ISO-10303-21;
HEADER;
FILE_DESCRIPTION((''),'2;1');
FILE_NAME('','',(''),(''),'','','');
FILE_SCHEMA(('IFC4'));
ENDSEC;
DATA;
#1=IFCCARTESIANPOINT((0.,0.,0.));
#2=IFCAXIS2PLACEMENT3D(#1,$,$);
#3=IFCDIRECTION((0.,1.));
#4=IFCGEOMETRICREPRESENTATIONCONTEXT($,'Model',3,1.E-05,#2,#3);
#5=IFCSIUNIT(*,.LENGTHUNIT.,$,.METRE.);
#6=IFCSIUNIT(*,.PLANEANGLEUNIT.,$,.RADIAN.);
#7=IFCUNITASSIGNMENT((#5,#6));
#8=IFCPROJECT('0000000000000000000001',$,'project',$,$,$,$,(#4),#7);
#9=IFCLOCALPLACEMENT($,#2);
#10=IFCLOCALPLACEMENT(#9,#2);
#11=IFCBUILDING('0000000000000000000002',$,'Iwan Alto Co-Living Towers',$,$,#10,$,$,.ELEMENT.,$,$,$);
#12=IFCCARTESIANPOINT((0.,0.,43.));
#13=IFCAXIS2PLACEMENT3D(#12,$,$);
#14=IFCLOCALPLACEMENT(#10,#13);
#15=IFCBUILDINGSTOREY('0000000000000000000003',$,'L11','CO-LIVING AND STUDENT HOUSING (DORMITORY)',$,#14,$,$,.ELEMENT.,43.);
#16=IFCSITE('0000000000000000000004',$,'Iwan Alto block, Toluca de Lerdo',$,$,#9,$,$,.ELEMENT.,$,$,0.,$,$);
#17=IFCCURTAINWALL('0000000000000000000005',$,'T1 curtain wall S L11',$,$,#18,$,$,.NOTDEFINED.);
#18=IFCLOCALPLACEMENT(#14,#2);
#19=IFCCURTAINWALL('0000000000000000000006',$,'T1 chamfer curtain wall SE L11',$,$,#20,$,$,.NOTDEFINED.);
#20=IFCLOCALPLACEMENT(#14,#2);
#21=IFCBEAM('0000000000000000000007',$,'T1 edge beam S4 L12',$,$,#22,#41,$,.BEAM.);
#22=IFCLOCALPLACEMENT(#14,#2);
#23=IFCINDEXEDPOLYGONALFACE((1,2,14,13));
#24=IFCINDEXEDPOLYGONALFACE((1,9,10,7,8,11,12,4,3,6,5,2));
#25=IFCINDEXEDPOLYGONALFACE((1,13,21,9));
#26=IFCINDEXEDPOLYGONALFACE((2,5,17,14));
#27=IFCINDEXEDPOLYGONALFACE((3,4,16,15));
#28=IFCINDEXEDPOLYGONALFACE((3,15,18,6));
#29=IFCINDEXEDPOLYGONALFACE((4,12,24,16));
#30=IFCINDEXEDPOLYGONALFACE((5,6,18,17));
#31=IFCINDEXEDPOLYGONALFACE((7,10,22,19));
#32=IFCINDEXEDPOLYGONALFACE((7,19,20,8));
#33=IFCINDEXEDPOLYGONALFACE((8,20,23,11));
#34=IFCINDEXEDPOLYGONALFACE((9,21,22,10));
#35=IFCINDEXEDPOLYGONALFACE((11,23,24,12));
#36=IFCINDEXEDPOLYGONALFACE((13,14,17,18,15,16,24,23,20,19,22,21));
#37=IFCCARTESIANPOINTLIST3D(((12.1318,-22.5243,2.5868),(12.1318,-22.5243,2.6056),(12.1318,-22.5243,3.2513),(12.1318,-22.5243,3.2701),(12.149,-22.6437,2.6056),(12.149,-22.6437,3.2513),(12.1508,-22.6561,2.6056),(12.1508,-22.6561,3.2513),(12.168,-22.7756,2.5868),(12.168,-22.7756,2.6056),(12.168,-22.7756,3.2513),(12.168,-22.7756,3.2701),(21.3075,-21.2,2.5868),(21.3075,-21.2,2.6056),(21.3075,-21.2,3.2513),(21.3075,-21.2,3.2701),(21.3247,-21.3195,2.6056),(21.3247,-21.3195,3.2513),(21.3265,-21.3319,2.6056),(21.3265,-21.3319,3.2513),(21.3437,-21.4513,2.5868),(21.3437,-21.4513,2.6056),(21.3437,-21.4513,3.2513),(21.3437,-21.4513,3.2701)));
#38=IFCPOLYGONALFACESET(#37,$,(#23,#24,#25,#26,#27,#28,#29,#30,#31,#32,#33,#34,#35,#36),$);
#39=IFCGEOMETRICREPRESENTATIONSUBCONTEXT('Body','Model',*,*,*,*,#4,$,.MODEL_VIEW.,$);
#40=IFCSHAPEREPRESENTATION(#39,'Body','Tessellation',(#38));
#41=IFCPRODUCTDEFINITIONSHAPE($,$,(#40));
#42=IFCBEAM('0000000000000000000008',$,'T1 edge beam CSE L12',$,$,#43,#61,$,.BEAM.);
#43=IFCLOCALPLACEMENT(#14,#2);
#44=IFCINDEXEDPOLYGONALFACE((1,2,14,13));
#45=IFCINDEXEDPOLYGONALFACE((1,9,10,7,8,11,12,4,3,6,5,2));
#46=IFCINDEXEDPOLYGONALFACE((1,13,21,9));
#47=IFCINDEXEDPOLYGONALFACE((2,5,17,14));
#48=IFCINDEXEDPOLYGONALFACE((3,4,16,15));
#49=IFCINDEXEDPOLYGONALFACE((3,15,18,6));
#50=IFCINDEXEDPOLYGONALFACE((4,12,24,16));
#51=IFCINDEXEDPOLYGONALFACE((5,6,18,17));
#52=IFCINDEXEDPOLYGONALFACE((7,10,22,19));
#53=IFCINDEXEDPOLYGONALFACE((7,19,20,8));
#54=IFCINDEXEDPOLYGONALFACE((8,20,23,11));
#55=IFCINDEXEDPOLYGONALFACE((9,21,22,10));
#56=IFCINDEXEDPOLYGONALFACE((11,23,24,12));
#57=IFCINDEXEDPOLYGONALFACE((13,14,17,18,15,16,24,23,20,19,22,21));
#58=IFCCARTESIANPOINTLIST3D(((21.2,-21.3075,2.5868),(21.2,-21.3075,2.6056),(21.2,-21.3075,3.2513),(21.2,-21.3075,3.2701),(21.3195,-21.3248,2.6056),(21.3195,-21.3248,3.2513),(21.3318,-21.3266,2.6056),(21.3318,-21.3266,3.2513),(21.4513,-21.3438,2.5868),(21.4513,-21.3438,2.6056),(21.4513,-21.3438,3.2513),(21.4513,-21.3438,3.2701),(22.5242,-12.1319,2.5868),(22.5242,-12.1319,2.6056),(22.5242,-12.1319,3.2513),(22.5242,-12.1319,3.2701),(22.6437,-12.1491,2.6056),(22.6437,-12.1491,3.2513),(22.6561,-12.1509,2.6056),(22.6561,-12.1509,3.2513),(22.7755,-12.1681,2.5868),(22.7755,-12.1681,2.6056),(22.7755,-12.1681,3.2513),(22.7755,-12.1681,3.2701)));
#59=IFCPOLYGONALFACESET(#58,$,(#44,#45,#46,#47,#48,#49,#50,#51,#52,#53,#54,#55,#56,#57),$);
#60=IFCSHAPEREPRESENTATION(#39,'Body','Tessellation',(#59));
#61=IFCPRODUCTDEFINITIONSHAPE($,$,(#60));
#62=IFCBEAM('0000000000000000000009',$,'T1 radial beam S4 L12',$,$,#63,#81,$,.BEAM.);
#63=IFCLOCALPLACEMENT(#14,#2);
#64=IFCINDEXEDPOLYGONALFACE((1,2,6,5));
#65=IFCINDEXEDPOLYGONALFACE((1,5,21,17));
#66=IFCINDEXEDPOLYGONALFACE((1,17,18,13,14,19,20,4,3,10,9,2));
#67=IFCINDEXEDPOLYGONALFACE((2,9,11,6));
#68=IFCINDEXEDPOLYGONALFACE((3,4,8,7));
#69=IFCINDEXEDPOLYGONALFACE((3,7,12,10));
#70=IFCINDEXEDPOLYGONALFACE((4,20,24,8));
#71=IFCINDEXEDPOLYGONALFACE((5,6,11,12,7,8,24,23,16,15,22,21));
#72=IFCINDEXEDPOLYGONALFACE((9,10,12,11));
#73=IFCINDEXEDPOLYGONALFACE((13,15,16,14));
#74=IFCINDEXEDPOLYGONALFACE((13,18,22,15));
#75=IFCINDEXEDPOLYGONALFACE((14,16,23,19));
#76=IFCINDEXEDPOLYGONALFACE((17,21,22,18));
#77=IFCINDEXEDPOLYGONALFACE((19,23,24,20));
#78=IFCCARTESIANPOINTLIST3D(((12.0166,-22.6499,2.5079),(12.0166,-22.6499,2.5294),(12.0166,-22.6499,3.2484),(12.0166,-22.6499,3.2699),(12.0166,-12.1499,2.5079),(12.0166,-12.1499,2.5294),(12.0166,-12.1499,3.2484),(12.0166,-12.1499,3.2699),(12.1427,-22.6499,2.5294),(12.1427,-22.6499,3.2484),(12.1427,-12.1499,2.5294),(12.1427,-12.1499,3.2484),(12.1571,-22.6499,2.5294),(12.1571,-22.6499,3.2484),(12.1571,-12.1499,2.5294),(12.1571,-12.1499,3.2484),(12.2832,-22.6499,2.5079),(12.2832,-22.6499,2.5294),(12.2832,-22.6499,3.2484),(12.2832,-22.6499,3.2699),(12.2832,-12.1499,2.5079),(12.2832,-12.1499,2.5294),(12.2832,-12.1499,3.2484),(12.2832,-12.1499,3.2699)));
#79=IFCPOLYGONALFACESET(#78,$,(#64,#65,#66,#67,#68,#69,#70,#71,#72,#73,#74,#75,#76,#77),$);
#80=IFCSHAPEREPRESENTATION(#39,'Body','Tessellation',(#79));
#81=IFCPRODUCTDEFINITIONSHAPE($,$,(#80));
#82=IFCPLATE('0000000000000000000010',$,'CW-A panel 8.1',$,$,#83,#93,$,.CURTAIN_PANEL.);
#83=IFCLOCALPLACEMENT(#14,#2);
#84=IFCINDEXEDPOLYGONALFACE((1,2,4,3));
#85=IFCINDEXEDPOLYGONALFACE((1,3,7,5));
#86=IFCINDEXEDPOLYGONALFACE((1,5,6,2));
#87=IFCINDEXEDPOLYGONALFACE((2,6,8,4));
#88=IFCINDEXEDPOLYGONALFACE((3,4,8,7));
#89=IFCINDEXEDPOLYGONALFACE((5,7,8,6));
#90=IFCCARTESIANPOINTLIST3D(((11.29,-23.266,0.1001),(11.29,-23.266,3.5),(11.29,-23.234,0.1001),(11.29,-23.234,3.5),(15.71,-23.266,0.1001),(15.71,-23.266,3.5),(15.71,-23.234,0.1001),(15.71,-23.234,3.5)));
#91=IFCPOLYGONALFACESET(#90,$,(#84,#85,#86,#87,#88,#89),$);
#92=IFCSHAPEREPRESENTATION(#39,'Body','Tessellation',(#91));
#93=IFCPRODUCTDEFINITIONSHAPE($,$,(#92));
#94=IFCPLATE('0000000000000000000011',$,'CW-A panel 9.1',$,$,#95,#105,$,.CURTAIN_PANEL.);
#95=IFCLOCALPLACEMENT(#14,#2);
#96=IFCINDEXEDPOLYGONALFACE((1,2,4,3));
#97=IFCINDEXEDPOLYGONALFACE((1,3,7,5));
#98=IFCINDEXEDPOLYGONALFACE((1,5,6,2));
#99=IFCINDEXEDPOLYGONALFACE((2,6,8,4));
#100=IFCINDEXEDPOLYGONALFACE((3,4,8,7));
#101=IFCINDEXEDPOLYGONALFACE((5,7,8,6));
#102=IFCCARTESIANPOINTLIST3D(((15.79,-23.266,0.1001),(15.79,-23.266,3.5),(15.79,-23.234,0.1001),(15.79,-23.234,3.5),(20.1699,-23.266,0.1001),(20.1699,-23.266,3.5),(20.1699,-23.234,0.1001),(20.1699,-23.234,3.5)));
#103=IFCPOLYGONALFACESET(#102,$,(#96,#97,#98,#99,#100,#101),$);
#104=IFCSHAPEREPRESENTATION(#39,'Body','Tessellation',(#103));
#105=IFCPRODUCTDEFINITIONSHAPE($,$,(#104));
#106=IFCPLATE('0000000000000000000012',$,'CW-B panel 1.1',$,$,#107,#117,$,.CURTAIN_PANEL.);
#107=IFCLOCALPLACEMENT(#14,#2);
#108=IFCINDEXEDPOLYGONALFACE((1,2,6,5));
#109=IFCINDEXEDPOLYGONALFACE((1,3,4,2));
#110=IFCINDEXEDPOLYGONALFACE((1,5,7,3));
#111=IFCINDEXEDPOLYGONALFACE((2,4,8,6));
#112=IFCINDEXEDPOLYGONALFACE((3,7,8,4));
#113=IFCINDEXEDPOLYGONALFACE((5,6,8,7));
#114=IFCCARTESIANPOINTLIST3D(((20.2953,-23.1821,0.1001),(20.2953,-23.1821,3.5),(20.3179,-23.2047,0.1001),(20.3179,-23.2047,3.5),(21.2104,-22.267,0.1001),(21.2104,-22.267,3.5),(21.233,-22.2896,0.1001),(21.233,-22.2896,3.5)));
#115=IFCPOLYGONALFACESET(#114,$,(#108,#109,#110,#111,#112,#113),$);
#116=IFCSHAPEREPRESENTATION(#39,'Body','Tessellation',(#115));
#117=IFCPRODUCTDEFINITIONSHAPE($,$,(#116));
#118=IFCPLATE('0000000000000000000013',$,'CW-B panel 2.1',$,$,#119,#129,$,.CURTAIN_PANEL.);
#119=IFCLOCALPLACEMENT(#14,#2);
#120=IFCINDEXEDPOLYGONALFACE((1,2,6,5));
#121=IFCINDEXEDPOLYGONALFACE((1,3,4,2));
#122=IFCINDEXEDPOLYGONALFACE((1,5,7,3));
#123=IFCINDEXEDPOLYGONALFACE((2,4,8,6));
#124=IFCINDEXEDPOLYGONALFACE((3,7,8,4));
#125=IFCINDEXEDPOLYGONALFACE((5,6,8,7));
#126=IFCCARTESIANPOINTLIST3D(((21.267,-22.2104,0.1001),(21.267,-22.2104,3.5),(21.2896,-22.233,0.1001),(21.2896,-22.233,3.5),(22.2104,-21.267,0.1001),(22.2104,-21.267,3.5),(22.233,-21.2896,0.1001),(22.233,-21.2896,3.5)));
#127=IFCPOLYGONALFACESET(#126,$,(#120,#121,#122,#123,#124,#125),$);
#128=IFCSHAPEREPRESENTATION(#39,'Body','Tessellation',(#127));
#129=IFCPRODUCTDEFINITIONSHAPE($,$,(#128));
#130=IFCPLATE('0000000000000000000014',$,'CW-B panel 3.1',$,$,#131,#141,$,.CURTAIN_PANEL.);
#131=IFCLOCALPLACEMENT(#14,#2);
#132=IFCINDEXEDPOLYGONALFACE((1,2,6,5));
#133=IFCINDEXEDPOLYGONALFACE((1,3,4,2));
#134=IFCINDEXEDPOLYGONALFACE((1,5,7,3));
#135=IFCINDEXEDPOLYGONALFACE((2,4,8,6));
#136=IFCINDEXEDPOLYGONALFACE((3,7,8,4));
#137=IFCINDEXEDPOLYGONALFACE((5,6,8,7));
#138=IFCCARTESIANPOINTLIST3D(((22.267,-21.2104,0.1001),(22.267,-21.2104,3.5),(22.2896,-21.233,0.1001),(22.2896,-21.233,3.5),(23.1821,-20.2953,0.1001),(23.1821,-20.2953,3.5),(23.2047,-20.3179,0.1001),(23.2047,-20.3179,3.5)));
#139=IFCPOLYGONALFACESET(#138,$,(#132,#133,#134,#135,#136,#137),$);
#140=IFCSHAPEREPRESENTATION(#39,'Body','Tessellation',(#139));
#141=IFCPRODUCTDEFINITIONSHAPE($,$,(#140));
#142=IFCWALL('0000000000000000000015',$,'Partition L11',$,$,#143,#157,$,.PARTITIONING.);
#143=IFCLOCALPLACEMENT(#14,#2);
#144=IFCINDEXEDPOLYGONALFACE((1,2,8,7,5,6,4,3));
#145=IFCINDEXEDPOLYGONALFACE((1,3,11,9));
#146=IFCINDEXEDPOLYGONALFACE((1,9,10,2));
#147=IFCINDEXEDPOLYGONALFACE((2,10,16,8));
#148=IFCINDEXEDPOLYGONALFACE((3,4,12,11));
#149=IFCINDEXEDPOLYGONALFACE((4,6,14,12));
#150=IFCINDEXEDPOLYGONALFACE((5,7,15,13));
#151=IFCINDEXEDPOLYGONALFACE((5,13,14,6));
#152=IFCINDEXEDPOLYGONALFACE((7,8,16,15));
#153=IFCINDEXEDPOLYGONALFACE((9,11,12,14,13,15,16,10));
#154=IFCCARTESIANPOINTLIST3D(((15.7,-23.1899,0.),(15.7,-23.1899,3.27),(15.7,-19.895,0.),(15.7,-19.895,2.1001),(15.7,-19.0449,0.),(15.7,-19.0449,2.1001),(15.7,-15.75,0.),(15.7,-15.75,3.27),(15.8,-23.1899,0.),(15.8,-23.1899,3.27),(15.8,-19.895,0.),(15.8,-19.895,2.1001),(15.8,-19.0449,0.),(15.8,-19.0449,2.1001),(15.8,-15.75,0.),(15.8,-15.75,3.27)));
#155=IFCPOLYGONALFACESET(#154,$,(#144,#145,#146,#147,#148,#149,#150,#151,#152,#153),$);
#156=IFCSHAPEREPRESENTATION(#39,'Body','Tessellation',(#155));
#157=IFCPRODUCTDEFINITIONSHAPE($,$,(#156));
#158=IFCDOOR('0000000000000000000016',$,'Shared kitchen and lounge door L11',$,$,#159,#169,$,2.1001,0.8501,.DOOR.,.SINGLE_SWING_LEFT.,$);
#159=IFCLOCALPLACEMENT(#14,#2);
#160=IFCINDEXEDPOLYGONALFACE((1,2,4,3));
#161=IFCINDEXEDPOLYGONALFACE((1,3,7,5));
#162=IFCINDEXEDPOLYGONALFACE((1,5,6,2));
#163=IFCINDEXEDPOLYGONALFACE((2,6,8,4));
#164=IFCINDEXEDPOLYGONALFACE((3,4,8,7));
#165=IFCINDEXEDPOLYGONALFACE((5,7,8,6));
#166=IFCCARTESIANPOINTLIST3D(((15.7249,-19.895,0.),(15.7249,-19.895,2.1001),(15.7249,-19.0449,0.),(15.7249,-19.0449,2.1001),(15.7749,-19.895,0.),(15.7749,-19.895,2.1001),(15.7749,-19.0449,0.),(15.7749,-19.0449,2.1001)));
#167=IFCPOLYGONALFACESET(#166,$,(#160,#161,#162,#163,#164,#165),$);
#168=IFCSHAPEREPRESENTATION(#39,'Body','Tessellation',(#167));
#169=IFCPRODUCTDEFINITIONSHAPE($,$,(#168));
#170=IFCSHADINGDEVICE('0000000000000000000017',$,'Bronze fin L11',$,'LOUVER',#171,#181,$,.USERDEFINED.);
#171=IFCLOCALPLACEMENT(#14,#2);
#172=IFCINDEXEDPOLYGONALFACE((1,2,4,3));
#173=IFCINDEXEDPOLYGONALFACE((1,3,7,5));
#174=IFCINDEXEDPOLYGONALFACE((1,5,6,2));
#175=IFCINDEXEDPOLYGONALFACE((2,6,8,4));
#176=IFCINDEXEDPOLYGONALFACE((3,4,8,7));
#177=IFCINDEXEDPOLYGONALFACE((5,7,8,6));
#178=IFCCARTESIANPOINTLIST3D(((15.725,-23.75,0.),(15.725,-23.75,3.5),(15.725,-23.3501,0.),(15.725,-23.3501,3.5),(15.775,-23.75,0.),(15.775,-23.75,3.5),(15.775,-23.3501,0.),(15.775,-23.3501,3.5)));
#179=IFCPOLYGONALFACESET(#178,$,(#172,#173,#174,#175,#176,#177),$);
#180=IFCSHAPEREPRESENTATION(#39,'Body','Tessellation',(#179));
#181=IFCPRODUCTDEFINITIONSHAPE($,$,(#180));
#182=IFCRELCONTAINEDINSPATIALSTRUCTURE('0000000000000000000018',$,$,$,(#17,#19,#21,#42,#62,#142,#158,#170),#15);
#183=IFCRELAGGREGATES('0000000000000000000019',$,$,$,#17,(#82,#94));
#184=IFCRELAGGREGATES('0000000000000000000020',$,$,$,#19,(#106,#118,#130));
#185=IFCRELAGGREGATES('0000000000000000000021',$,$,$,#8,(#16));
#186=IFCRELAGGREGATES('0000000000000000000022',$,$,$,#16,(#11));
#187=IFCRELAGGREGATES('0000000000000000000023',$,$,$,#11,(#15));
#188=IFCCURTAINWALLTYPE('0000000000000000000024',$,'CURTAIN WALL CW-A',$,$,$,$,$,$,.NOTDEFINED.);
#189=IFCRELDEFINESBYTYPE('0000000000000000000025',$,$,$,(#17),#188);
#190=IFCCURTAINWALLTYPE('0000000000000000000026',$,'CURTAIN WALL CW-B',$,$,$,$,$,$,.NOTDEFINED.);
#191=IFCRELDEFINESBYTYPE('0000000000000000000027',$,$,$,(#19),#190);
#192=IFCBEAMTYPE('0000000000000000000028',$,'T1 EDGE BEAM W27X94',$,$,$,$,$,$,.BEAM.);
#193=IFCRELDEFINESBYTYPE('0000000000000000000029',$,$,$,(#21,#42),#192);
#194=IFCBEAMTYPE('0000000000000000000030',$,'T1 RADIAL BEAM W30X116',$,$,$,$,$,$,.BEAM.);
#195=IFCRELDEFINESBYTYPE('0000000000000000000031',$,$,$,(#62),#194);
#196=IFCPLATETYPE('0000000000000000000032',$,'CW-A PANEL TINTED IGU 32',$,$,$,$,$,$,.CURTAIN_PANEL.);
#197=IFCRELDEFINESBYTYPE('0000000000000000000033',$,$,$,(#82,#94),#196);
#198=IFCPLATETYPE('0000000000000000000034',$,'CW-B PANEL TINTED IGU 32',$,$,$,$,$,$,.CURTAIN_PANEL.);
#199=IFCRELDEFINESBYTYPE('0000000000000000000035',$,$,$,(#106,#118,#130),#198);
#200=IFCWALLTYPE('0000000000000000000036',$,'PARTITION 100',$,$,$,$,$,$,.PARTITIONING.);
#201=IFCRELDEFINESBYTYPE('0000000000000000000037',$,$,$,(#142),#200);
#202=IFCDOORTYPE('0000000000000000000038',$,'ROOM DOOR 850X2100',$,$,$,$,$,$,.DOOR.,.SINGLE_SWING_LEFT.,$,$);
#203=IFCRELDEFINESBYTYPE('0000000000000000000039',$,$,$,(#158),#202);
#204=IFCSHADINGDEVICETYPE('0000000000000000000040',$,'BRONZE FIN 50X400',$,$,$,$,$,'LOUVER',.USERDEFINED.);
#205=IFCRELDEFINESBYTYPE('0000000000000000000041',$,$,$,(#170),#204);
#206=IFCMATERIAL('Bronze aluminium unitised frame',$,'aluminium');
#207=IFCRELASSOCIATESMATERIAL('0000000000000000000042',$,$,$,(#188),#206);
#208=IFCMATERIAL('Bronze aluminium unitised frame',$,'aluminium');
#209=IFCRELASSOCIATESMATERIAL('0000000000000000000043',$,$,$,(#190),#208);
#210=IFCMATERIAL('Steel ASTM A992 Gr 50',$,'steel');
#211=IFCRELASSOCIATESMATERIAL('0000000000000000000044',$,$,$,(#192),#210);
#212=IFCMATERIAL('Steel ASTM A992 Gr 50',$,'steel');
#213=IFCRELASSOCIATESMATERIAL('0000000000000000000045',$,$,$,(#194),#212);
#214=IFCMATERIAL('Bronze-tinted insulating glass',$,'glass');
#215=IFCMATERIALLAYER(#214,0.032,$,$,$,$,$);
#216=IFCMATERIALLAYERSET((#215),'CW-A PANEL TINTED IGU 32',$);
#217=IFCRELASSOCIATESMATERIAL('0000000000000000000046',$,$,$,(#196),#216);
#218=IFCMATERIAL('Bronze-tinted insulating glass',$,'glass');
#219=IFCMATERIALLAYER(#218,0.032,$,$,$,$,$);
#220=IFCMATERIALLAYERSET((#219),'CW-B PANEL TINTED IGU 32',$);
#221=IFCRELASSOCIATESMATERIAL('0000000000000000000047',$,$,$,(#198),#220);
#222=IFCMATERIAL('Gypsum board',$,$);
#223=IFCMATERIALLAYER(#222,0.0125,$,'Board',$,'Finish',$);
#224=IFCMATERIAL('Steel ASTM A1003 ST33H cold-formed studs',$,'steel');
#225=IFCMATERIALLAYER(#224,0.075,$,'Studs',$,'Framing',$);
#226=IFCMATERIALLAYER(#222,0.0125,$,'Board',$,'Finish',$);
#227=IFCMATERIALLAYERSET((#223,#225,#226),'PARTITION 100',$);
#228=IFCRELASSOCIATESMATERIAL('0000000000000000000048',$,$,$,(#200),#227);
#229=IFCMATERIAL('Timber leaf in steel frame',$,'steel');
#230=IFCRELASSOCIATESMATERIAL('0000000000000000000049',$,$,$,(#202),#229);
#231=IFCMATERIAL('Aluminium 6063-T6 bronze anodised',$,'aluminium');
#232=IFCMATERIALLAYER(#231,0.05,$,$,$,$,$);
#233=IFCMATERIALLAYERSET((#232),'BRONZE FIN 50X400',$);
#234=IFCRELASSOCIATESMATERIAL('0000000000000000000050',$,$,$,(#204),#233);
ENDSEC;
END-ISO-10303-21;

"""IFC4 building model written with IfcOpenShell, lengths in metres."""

from ifc_helpers import new_model, si_unit, direction, frame, frame_2d, origin, origin_2d, place, context, subcontext, project, spatial, rectangle, i_section, extrude, material, layer, layer_set, material_profile, profile_set, type_object, element, fill, aggregate, save


model = new_model("IFC4")

# Units and contexts
model_context = context("Model", 3, precision=1e-05, world=origin(), true_north=direction((0.0, 1.0)))
body_context = subcontext(model_context, "Body", "Model", "MODEL_VIEW")
ifc_project = project(units=[si_unit("LENGTHUNIT", "METRE"), si_unit("PLANEANGLEUNIT", "RADIAN")], contexts=[model_context])

# Site, building, storey
site_placement = place(None, origin())
site = spatial("IfcSite", under=ifc_project, at=site_placement, Name="Iwan Alto block, Toluca de Lerdo", CompositionType="ELEMENT", RefElevation=0.0)
building_placement = place(site_placement, origin())
building = spatial("IfcBuilding", under=site, at=building_placement, Name="Iwan Alto Co-Living Towers", CompositionType="ELEMENT")
storey_placement = place(building_placement, frame((0.0, 0.0, 43.0)))
storey = spatial("IfcBuildingStorey", under=building, at=storey_placement, Name="L11", Description="CO-LIVING AND STUDENT HOUSING (DORMITORY)", CompositionType="ELEMENT", Elevation=43.0)

# Curtain walls
ifc_material_1 = material(Name="Bronze aluminium unitised frame", Category="aluminium")
curtain_wall_type_1 = type_object("IfcCurtainWallType", Name="CURTAIN WALL CW-A", PredefinedType="NOTDEFINED", material=ifc_material_1)
curtain_wall_1_placement = place(storey_placement, origin())
curtain_wall_1 = element("IfcCurtainWall", 1, at=curtain_wall_1_placement, inside=storey, type_object=curtain_wall_type_1, Name="T1 curtain wall S L11", PredefinedType="NOTDEFINED")
ifc_material_2 = material(Name="Bronze aluminium unitised frame", Category="aluminium")
curtain_wall_type_2 = type_object("IfcCurtainWallType", Name="CURTAIN WALL CW-B", PredefinedType="NOTDEFINED", material=ifc_material_2)
curtain_wall_2_placement = place(storey_placement, origin())
curtain_wall_2 = element("IfcCurtainWall", 2, at=curtain_wall_2_placement, inside=storey, type_object=curtain_wall_type_2, Name="T1 chamfer curtain wall SE L11", PredefinedType="NOTDEFINED")

# Beams
ifc_material_3 = material(Name="Steel ASTM A992 Gr 50", Category="steel")
ifc_material_profile_1 = material_profile(ifc_material_3, i_section(OverallWidth=0.2539, OverallDepth=0.6833, WebThickness=0.0125, FlangeThickness=0.0188, at=origin_2d()), Name="W27X94")
ifc_profile_set_1 = profile_set([ifc_material_profile_1], Name="Steel ASTM A992 Gr 50")
beam_type_1 = type_object("IfcBeamType", Name="T1 EDGE BEAM W27X94", PredefinedType="BEAM", material=ifc_profile_set_1)
for number, where, z_axis, x_axis, name in (
    (3, (12.1499, -22.6499, 2.9285), (0.989746, 0.142837, 0.0), (-0.142837, 0.989746, 0.0), "T1 edge beam S4 L12"),
    (4, (21.3257, -21.3257, 2.9285), (0.142837, 0.989746, 0.0), (-0.989746, 0.142837, 0.0), "T1 edge beam CSE L12"),
):
    element("IfcBeam", number, at=place(storey_placement, frame(where, z_axis=z_axis, x_axis=x_axis)), inside=storey, type_object=beam_type_1, Name=name, PredefinedType="BEAM", context=body_context, shape_type="SweptSolid", body=[
        extrude(i_section(OverallWidth=0.2539, OverallDepth=0.6833, WebThickness=0.0125, FlangeThickness=0.0188, at=origin_2d()), origin(), (0.0, 0.0, 1.0), 9.2708),
    ])
ifc_material_4 = material(Name="Steel ASTM A992 Gr 50", Category="steel")
ifc_material_profile_2 = material_profile(ifc_material_4, i_section(OverallWidth=0.2666, OverallDepth=0.762, WebThickness=0.0144, FlangeThickness=0.0215, at=origin_2d()), Name="W30X116")
ifc_profile_set_2 = profile_set([ifc_material_profile_2], Name="Steel ASTM A992 Gr 50")
beam_type_2 = type_object("IfcBeamType", Name="T1 RADIAL BEAM W30X116", PredefinedType="BEAM", material=ifc_profile_set_2)
beam_1_placement = place(storey_placement, frame((12.1499, -22.6499, 2.8889), z_axis=(0.0, 1.0, 0.0), x_axis=(-1.0, 0.0, 0.0)))
element("IfcBeam", 5, at=beam_1_placement, inside=storey, type_object=beam_type_2, Name="T1 radial beam S4 L12", PredefinedType="BEAM", context=body_context, shape_type="SweptSolid", body=[
    extrude(i_section(OverallWidth=0.2666, OverallDepth=0.762, WebThickness=0.0144, FlangeThickness=0.0215, at=origin_2d()), origin(), (0.0, 0.0, 1.0), 10.5),
])

# Plates
ifc_material_5 = material(Name="Bronze-tinted insulating glass", Category="glass")
ifc_layer_1 = layer(ifc_material_5, 0.032)
ifc_layer_set_1 = layer_set([ifc_layer_1], Name="CW-A PANEL TINTED IGU 32")
plate_type_1 = type_object("IfcPlateType", Name="CW-A PANEL TINTED IGU 32", PredefinedType="CURTAIN_PANEL", material=ifc_layer_set_1)
plate_1_placement = place(storey_placement, frame((13.5, -23.25, 0.1001), z_axis=(0.0, 0.0, 1.0), x_axis=(1.0, 0.0, 0.0)))
plate_1 = element("IfcPlate", 6, at=plate_1_placement, type_object=plate_type_1, Name="CW-A panel 8.1", PredefinedType="CURTAIN_PANEL", context=body_context, shape_type="SweptSolid", body=[
    extrude(rectangle(XDim=4.4199, YDim=0.032, at=origin_2d()), origin(), (0.0, 0.0, 1.0), 3.3999),
])
plate_2_placement = place(storey_placement, frame((17.98, -23.25, 0.1001), z_axis=(0.0, 0.0, 1.0), x_axis=(1.0, 0.0, 0.0)))
plate_2 = element("IfcPlate", 7, at=plate_2_placement, type_object=plate_type_1, Name="CW-A panel 9.1", PredefinedType="CURTAIN_PANEL", context=body_context, shape_type="SweptSolid", body=[
    extrude(rectangle(XDim=4.3799, YDim=0.032, at=origin_2d()), origin(), (0.0, 0.0, 1.0), 3.3999),
])
aggregate(curtain_wall_1, [plate_1, plate_2])
ifc_material_6 = material(Name="Bronze-tinted insulating glass", Category="glass")
ifc_layer_2 = layer(ifc_material_6, 0.032)
ifc_layer_set_2 = layer_set([ifc_layer_2], Name="CW-B PANEL TINTED IGU 32")
plate_type_2 = type_object("IfcPlateType", Name="CW-B PANEL TINTED IGU 32", PredefinedType="CURTAIN_PANEL", material=ifc_layer_set_2)
plate_3_placement = place(storey_placement, frame((20.7642, -22.7358, 0.1001), z_axis=(0.0, 0.0, 1.0), x_axis=(0.707107, 0.707107, 0.0)))
plate_3 = element("IfcPlate", 8, at=plate_3_placement, type_object=plate_type_2, Name="CW-B panel 1.1", PredefinedType="CURTAIN_PANEL", context=body_context, shape_type="SweptSolid", body=[
    extrude(rectangle(XDim=1.2942, YDim=0.032, at=origin_2d()), origin(), (0.0, 0.0, 1.0), 3.3999),
])
plate_4_placement = place(storey_placement, frame((21.75, -21.75, 0.1001), z_axis=(0.0, 0.0, 1.0), x_axis=(0.707107, 0.707107, 0.0)))
plate_4 = element("IfcPlate", 9, at=plate_4_placement, type_object=plate_type_2, Name="CW-B panel 2.1", PredefinedType="CURTAIN_PANEL", context=body_context, shape_type="SweptSolid", body=[
    extrude(rectangle(XDim=1.3342, YDim=0.032, at=origin_2d()), origin(), (0.0, 0.0, 1.0), 3.3999),
])
plate_5_placement = place(storey_placement, frame((22.7358, -20.7642, 0.1001), z_axis=(0.0, 0.0, 1.0), x_axis=(0.707107, 0.707107, 0.0)))
plate_5 = element("IfcPlate", 10, at=plate_5_placement, type_object=plate_type_2, Name="CW-B panel 3.1", PredefinedType="CURTAIN_PANEL", context=body_context, shape_type="SweptSolid", body=[
    extrude(rectangle(XDim=1.2942, YDim=0.032, at=origin_2d()), origin(), (0.0, 0.0, 1.0), 3.3999),
])
aggregate(curtain_wall_2, [plate_3, plate_4, plate_5])

# Wall, opening, door
ifc_material_7 = material(Name="Gypsum board")
ifc_layer_3 = layer(ifc_material_7, 0.0125, Name="Board", Category="Finish")
ifc_material_8 = material(Name="Steel ASTM A1003 ST33H cold-formed studs", Category="steel")
ifc_layer_4 = layer(ifc_material_8, 0.075, Name="Studs", Category="Framing")
ifc_layer_5 = layer(ifc_material_7, 0.0125, Name="Board", Category="Finish")
ifc_layer_set_3 = layer_set([ifc_layer_3, ifc_layer_4, ifc_layer_5], Name="PARTITION 100")
wall_type = type_object("IfcWallType", Name="PARTITION 100", PredefinedType="PARTITIONING", material=ifc_layer_set_3)
wall_placement = place(storey_placement, frame((15.75, -23.1899, 0.0), z_axis=(0.0, 0.0, 1.0), x_axis=(0.0, 1.0, 0.0)))
wall = element("IfcWall", 11, at=wall_placement, inside=storey, type_object=wall_type, Name="Partition L11", PredefinedType="PARTITIONING", context=body_context, shape_type="SweptSolid", body=[
    extrude(rectangle(XDim=7.4399, YDim=0.1001, at=frame_2d((3.72, 0.0))), origin(), (0.0, 0.0, 1.0), 3.27),
])
opening_placement = place(wall_placement, frame((3.2949, 0.0, 0.0)))
opening = element("IfcOpeningElement", 12, at=opening_placement, cuts=wall, PredefinedType="OPENING", context=body_context, shape_type="SweptSolid", body=[
    extrude(rectangle(XDim=0.8501, YDim=2.1001, at=frame_2d((0.425, 1.05))), frame((0.0, 0.0601, 0.0), z_axis=(0.0, -1.0, 0.0), x_axis=(1.0, 0.0, 0.0)), (0.0, 0.0, 1.0), 0.1201),
])
ifc_material_9 = material(Name="Timber leaf in steel frame", Category="steel")
door_type = type_object("IfcDoorType", Name="ROOM DOOR 850X2100", OperationType="SINGLE_SWING_LEFT", PredefinedType="DOOR", material=ifc_material_9)
door_placement = place(opening_placement, frame((0.8501, 0.0, 0.0), z_axis=(0.0, 0.0, 1.0), x_axis=(-1.0, 0.0, 0.0)))
door = element("IfcDoor", 13, at=door_placement, inside=storey, type_object=door_type, Name="Shared kitchen and lounge door L11", OperationType="SINGLE_SWING_LEFT", OverallHeight=2.1001, OverallWidth=0.8501, PredefinedType="DOOR", context=body_context, shape_type="SweptSolid", body=[
    extrude(rectangle(XDim=0.8501, YDim=2.1001, at=frame_2d((0.425, 1.05))), frame((0.0, 0.0249, 0.0), z_axis=(0.0, -1.0, 0.0), x_axis=(1.0, 0.0, 0.0)), (0.0, 0.0, 1.0), 0.05),
])
fill(opening, door)

# Shading device
ifc_material_10 = material(Name="Aluminium 6063-T6 bronze anodised", Category="aluminium")
ifc_layer_6 = layer(ifc_material_10, 0.05)
ifc_layer_set_4 = layer_set([ifc_layer_6], Name="BRONZE FIN 50X400")
shading_device_type = type_object("IfcShadingDeviceType", Name="BRONZE FIN 50X400", ElementType="LOUVER", PredefinedType="USERDEFINED", material=ifc_layer_set_4)
shading_device_placement = place(storey_placement, frame((15.75, -23.55, 0.0), z_axis=(0.0, 0.0, 1.0), x_axis=(1.0, 0.0, 0.0)))
element("IfcShadingDevice", 14, at=shading_device_placement, inside=storey, type_object=shading_device_type, Name="Bronze fin L11", ObjectType="LOUVER", PredefinedType="USERDEFINED", context=body_context, shape_type="SweptSolid", body=[
    extrude(rectangle(XDim=0.05, YDim=0.3999, at=origin_2d()), origin(), (0.0, 0.0, 1.0), 3.5),
])

save(model, "model.ifc")
